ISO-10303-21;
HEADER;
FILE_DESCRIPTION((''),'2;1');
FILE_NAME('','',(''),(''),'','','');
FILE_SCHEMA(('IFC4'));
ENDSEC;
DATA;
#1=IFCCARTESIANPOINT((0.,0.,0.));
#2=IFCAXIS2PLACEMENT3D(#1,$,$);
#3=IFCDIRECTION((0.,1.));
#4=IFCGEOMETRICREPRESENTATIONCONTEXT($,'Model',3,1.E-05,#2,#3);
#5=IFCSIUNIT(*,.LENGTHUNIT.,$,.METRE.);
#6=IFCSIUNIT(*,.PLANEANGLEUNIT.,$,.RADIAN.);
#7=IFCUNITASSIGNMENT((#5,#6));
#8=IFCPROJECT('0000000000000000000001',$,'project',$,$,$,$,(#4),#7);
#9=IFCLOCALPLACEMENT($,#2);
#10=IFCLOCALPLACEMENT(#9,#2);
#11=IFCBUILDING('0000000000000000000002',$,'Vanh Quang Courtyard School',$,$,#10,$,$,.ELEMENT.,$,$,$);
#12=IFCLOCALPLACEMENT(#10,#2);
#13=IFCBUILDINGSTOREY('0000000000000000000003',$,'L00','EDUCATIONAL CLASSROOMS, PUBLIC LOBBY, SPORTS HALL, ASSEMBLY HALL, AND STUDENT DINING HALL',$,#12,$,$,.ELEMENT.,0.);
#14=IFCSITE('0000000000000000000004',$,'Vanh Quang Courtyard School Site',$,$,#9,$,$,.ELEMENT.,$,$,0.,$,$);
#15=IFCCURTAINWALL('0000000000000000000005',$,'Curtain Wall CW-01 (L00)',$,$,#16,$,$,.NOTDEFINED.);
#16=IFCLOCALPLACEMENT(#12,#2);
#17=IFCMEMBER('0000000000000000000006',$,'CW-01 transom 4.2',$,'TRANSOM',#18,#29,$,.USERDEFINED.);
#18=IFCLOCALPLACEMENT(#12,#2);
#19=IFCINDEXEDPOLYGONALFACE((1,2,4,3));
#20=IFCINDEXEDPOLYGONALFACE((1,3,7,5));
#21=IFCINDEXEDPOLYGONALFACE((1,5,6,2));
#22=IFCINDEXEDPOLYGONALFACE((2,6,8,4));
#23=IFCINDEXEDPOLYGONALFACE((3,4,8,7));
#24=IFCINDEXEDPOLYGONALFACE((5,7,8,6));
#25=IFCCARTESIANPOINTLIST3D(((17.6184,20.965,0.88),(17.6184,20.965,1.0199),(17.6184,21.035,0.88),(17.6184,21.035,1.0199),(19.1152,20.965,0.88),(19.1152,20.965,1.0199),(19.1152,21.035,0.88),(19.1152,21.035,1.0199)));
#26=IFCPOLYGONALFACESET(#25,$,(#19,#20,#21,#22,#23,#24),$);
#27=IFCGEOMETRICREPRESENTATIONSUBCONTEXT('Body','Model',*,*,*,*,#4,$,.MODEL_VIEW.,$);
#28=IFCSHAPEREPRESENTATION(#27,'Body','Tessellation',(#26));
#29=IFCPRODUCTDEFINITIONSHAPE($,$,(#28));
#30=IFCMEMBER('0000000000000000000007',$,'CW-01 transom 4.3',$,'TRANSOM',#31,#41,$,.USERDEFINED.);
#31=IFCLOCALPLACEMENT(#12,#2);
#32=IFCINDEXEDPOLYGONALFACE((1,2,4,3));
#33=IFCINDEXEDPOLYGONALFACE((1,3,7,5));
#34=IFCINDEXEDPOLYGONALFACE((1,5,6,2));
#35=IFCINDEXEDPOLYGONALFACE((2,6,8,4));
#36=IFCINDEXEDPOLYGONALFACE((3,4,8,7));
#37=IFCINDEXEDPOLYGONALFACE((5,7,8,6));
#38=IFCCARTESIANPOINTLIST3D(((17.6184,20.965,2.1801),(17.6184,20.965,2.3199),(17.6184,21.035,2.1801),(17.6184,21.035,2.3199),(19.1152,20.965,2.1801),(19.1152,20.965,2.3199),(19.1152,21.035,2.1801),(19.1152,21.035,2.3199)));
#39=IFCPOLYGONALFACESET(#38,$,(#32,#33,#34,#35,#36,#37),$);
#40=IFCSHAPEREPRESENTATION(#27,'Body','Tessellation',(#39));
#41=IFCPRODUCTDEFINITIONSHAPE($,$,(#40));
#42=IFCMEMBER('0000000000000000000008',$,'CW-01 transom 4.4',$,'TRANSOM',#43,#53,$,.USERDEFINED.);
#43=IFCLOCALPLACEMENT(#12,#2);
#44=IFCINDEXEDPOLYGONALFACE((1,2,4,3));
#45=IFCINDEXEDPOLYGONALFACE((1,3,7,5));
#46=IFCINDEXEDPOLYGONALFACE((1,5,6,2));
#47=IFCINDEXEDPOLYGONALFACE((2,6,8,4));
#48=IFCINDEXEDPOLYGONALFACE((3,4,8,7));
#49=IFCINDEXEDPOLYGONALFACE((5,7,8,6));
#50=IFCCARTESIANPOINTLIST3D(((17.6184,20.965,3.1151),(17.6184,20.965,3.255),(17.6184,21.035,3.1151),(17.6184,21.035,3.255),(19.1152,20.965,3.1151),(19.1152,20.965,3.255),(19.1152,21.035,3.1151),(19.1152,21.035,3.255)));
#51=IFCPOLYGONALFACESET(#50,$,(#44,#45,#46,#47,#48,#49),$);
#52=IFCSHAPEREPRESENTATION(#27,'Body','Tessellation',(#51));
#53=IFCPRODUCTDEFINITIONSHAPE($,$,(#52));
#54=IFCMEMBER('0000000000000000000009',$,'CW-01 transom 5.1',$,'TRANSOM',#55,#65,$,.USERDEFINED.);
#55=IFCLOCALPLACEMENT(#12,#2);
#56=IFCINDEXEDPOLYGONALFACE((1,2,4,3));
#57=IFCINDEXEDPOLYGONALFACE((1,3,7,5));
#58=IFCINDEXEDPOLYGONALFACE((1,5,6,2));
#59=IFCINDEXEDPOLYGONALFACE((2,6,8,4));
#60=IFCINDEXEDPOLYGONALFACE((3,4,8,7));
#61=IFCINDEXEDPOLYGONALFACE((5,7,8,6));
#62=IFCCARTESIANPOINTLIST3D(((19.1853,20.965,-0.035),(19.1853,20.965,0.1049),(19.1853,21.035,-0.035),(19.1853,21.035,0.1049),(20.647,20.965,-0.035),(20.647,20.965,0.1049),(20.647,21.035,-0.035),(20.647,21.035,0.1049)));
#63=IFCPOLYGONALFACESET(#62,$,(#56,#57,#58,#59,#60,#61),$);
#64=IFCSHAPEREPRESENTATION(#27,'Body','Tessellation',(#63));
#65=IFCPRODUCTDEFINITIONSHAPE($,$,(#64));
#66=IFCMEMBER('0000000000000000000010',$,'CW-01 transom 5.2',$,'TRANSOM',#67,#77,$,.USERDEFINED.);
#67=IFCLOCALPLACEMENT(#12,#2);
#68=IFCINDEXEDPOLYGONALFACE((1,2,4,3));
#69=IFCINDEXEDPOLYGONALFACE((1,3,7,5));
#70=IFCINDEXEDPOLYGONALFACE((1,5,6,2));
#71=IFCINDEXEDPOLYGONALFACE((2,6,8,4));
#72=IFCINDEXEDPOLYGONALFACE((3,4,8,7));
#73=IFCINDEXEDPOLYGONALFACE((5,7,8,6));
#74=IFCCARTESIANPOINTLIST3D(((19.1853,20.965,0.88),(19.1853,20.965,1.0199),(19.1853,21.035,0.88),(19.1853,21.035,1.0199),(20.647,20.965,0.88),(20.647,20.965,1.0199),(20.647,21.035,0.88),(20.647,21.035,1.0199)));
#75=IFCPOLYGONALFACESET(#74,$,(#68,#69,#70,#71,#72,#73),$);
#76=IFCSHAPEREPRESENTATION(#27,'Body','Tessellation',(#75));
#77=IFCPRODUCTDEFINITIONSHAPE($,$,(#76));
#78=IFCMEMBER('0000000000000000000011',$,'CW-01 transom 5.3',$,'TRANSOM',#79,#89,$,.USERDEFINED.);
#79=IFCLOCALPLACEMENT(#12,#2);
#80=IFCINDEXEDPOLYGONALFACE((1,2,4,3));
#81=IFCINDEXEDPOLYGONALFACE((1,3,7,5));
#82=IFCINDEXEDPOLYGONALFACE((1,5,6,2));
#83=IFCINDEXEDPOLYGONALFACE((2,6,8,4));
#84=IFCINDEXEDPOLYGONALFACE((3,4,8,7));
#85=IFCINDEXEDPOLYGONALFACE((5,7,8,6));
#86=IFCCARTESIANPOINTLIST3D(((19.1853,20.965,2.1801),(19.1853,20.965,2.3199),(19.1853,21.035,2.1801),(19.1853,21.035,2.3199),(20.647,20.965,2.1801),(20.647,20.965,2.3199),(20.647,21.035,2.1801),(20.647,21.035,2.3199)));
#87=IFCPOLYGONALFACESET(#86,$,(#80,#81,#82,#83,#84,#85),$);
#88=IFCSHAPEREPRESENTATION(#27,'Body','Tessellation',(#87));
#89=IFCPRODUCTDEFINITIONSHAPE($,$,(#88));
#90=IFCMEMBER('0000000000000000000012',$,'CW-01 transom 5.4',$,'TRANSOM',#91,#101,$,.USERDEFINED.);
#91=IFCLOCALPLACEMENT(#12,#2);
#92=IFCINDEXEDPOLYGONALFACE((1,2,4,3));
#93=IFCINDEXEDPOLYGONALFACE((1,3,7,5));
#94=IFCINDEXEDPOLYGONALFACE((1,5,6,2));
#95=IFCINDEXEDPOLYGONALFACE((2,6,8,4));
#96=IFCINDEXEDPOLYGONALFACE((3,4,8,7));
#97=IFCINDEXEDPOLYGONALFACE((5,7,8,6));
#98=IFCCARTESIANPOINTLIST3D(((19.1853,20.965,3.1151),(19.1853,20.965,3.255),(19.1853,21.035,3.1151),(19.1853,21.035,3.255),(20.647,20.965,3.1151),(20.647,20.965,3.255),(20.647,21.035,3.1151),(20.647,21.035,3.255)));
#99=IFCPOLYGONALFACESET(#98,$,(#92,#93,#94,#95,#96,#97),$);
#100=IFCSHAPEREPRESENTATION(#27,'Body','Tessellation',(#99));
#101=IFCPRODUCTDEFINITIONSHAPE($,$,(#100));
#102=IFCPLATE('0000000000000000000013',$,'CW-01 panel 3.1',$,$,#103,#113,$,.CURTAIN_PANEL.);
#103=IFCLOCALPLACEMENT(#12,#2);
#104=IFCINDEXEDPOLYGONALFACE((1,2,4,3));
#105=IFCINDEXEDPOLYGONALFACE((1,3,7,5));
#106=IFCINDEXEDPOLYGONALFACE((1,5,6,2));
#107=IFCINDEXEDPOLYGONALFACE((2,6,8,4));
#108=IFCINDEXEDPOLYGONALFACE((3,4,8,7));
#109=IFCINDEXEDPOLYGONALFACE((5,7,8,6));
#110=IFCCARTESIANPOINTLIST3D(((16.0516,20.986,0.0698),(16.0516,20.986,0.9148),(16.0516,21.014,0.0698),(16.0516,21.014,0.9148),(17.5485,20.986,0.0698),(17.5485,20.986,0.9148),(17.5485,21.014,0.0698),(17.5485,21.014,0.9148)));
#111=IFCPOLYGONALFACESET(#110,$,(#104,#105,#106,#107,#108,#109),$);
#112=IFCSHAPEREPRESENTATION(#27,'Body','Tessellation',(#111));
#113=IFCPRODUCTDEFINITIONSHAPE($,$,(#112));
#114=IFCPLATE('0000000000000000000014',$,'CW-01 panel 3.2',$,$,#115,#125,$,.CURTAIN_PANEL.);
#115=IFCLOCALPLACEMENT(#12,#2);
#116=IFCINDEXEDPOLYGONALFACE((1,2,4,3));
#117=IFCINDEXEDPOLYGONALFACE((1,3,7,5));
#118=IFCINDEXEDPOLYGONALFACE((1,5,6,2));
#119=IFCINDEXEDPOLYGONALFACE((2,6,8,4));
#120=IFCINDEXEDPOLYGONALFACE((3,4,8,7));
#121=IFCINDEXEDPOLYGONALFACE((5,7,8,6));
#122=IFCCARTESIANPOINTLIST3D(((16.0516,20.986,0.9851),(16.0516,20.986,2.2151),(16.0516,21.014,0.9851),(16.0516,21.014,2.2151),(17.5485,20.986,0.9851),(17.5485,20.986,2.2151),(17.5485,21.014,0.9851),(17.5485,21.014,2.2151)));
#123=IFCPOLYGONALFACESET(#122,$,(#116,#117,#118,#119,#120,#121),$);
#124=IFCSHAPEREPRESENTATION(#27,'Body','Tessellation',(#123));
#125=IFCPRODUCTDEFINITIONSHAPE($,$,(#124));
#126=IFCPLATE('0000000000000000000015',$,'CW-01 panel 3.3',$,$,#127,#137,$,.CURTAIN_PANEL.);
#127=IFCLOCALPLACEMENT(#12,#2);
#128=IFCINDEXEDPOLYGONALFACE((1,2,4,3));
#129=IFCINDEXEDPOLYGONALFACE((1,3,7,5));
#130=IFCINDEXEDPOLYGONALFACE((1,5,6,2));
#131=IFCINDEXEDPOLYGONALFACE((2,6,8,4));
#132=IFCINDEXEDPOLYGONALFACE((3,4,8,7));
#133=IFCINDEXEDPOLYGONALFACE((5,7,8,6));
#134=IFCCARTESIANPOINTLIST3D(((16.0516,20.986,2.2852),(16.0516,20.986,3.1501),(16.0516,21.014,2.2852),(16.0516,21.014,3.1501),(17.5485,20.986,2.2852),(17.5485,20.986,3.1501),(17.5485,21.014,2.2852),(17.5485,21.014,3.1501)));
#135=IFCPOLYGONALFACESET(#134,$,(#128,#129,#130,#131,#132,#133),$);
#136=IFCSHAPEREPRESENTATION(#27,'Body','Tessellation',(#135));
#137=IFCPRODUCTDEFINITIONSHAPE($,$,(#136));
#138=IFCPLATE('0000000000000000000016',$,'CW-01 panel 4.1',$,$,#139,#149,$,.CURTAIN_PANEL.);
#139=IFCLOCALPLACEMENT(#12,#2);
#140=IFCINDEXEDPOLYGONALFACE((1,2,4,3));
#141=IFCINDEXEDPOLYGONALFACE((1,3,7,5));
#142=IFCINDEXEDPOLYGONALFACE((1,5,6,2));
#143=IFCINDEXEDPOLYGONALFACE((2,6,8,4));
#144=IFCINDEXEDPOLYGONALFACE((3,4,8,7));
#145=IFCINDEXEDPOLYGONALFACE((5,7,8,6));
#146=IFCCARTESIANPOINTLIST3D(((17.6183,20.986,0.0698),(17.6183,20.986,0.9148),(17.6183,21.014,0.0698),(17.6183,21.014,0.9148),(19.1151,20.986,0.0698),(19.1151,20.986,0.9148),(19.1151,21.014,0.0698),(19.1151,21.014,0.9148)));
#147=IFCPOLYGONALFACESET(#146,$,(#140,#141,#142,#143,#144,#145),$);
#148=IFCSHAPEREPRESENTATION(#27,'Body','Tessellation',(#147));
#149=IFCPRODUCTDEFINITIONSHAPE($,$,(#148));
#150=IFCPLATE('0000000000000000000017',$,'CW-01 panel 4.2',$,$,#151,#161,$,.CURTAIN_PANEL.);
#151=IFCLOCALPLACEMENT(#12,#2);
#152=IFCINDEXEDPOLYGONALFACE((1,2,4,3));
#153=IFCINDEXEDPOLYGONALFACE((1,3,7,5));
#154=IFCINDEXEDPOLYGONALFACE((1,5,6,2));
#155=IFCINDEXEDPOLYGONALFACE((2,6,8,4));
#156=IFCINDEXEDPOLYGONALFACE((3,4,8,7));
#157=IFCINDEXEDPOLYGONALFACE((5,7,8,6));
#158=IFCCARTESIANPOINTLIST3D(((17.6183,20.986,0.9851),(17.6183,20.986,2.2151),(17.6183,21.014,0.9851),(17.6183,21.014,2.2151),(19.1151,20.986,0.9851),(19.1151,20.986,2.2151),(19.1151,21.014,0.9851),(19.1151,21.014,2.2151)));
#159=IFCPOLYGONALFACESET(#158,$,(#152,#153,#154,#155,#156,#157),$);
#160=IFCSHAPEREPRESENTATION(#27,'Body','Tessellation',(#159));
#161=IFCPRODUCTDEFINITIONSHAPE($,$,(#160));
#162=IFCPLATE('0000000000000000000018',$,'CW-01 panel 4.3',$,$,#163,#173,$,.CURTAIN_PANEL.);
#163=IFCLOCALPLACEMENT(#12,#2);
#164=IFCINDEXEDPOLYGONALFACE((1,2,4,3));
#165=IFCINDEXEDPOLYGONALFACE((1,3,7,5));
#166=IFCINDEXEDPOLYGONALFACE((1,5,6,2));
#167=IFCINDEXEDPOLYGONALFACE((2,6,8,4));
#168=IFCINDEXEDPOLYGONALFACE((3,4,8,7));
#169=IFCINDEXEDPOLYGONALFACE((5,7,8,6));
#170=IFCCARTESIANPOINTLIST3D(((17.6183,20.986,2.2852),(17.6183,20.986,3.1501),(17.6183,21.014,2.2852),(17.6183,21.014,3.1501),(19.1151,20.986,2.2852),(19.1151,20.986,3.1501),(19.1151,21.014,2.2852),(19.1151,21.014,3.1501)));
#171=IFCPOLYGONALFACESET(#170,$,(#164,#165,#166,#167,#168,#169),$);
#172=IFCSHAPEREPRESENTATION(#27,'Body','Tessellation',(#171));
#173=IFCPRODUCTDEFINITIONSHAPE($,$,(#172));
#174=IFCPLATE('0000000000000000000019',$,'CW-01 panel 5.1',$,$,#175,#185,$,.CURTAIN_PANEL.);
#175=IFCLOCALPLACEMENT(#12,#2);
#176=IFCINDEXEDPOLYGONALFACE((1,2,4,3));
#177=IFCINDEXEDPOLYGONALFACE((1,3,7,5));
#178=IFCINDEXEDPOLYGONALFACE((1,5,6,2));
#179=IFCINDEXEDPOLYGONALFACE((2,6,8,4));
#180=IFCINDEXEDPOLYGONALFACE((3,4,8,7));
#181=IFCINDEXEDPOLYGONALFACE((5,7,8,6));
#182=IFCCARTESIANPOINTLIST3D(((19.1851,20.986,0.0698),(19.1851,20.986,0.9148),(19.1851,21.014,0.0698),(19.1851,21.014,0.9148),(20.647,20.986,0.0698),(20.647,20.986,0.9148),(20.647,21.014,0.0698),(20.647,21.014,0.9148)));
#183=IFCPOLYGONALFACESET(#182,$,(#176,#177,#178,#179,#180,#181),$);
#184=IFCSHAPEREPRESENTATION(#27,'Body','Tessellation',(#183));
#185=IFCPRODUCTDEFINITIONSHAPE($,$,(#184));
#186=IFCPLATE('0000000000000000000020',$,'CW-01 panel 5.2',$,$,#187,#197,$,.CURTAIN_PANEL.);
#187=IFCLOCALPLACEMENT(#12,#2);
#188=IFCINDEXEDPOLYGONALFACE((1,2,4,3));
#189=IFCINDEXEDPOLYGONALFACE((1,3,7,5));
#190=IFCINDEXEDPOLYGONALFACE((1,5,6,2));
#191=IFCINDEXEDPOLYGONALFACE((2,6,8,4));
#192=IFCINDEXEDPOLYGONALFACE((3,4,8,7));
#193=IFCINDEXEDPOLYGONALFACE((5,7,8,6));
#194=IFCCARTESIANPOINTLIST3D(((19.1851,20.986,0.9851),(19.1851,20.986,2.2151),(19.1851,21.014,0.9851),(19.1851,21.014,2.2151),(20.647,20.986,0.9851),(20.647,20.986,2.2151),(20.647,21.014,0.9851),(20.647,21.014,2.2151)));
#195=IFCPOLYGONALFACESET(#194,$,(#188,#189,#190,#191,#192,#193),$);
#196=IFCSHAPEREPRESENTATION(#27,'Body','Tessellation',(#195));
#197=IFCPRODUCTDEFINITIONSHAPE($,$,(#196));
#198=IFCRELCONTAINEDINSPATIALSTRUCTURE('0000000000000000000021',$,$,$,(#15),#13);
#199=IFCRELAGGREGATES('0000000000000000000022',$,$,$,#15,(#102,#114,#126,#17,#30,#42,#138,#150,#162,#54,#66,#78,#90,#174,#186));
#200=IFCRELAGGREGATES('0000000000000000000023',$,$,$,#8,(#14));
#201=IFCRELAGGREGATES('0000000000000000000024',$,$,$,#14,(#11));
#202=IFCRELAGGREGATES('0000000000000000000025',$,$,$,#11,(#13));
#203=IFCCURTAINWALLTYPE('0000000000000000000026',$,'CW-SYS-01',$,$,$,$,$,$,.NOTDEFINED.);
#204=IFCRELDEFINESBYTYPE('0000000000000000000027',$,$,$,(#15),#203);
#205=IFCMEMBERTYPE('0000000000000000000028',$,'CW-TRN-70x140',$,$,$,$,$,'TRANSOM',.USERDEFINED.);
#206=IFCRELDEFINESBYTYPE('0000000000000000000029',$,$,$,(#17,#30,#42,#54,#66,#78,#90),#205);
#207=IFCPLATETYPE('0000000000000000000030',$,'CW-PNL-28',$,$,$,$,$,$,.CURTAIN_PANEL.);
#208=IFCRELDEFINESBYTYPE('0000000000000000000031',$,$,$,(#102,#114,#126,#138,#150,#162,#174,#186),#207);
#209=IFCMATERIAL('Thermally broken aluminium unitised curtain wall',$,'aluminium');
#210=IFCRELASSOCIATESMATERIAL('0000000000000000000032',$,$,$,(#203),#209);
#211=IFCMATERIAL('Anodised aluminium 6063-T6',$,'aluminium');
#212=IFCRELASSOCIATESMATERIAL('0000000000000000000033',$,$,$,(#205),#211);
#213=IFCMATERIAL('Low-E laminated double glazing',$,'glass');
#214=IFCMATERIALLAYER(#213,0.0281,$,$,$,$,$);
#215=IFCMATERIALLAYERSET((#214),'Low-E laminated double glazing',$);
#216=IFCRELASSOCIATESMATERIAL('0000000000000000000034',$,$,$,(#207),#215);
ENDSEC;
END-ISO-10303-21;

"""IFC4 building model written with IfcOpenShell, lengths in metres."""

from ifc_helpers import new_model, si_unit, direction, frame, origin, origin_2d, place, context, subcontext, project, spatial, rectangle, extrude, material, layer, layer_set, material_profile, profile_set, type_object, element, aggregate, save


model = new_model("IFC4")

# Units and contexts
model_context = context("Model", 3, precision=1e-05, world=origin(), true_north=direction((0.0, 1.0)))
body_context = subcontext(model_context, "Body", "Model", "MODEL_VIEW")
ifc_project = project(units=[si_unit("LENGTHUNIT", "METRE"), si_unit("PLANEANGLEUNIT", "RADIAN")], contexts=[model_context])

# Site, building, storey
site_placement = place(None, origin())
site = spatial("IfcSite", under=ifc_project, at=site_placement, Name="Vanh Quang Courtyard School Site", CompositionType="ELEMENT", RefElevation=0.0)
building_placement = place(site_placement, origin())
building = spatial("IfcBuilding", under=site, at=building_placement, Name="Vanh Quang Courtyard School", CompositionType="ELEMENT")
storey_placement = place(building_placement, origin())
storey = spatial("IfcBuildingStorey", under=building, at=storey_placement, Name="L00", Description="EDUCATIONAL CLASSROOMS, PUBLIC LOBBY, SPORTS HALL, ASSEMBLY HALL, AND STUDENT DINING HALL", CompositionType="ELEMENT", Elevation=0.0)

# Curtain wall, members, plates
ifc_material_1 = material(Name="Thermally broken aluminium unitised curtain wall", Category="aluminium")
curtain_wall_type = type_object("IfcCurtainWallType", Name="CW-SYS-01", PredefinedType="NOTDEFINED", material=ifc_material_1)
curtain_wall_placement = place(storey_placement, origin())
curtain_wall = element("IfcCurtainWall", 1, at=curtain_wall_placement, inside=storey, type_object=curtain_wall_type, Name="Curtain Wall CW-01 (L00)", PredefinedType="NOTDEFINED")
ifc_material_2 = material(Name="Anodised aluminium 6063-T6", Category="aluminium")
ifc_material_profile_1 = material_profile(ifc_material_2, rectangle(XDim=0.0701, YDim=0.1399, at=origin_2d()), Name="ALU-TRN 70x140")
ifc_profile_set_1 = profile_set([ifc_material_profile_1], Name="Anodised aluminium 6063-T6")
member_type_1 = type_object("IfcMemberType", Name="CW-TRN-70x140", ElementType="TRANSOM", PredefinedType="USERDEFINED", material=ifc_profile_set_1)
member_1_placement = place(storey_placement, frame((17.6184, 21.0, 0.95), z_axis=(1.0, 0.0, 0.0), x_axis=(0.0, 1.0, 0.0)))
member_1 = element("IfcMember", 2, at=member_1_placement, type_object=member_type_1, Name="CW-01 transom 4.2", ObjectType="TRANSOM", PredefinedType="USERDEFINED", context=body_context, shape_type="SweptSolid", body=[
    extrude(rectangle(XDim=0.0701, YDim=0.1399, at=origin_2d()), origin(), (0.0, 0.0, 1.0), 1.4968),
])
member_2_placement = place(storey_placement, frame((17.6184, 21.0, 2.25), z_axis=(1.0, 0.0, 0.0), x_axis=(0.0, 1.0, 0.0)))
member_2 = element("IfcMember", 3, at=member_2_placement, type_object=member_type_1, Name="CW-01 transom 4.3", ObjectType="TRANSOM", PredefinedType="USERDEFINED", context=body_context, shape_type="SweptSolid", body=[
    extrude(rectangle(XDim=0.0701, YDim=0.1399, at=origin_2d()), origin(), (0.0, 0.0, 1.0), 1.4968),
])
member_3_placement = place(storey_placement, frame((17.6184, 21.0, 3.1851), z_axis=(1.0, 0.0, 0.0), x_axis=(0.0, 1.0, 0.0)))
member_3 = element("IfcMember", 4, at=member_3_placement, type_object=member_type_1, Name="CW-01 transom 4.4", ObjectType="TRANSOM", PredefinedType="USERDEFINED", context=body_context, shape_type="SweptSolid", body=[
    extrude(rectangle(XDim=0.0701, YDim=0.1399, at=origin_2d()), origin(), (0.0, 0.0, 1.0), 1.4968),
])
member_4_placement = place(storey_placement, frame((19.1853, 21.0, 0.0349), z_axis=(1.0, 0.0, 0.0), x_axis=(0.0, 1.0, 0.0)))
member_4 = element("IfcMember", 5, at=member_4_placement, type_object=member_type_1, Name="CW-01 transom 5.1", ObjectType="TRANSOM", PredefinedType="USERDEFINED", context=body_context, shape_type="SweptSolid", body=[
    extrude(rectangle(XDim=0.0701, YDim=0.1399, at=origin_2d()), origin(), (0.0, 0.0, 1.0), 1.4617),
])
member_5_placement = place(storey_placement, frame((19.1853, 21.0, 0.95), z_axis=(1.0, 0.0, 0.0), x_axis=(0.0, 1.0, 0.0)))
member_5 = element("IfcMember", 6, at=member_5_placement, type_object=member_type_1, Name="CW-01 transom 5.2", ObjectType="TRANSOM", PredefinedType="USERDEFINED", context=body_context, shape_type="SweptSolid", body=[
    extrude(rectangle(XDim=0.0701, YDim=0.1399, at=origin_2d()), origin(), (0.0, 0.0, 1.0), 1.4617),
])
member_6_placement = place(storey_placement, frame((19.1853, 21.0, 2.25), z_axis=(1.0, 0.0, 0.0), x_axis=(0.0, 1.0, 0.0)))
member_6 = element("IfcMember", 7, at=member_6_placement, type_object=member_type_1, Name="CW-01 transom 5.3", ObjectType="TRANSOM", PredefinedType="USERDEFINED", context=body_context, shape_type="SweptSolid", body=[
    extrude(rectangle(XDim=0.0701, YDim=0.1399, at=origin_2d()), origin(), (0.0, 0.0, 1.0), 1.4617),
])
member_7_placement = place(storey_placement, frame((19.1853, 21.0, 3.1851), z_axis=(1.0, 0.0, 0.0), x_axis=(0.0, 1.0, 0.0)))
member_7 = element("IfcMember", 8, at=member_7_placement, type_object=member_type_1, Name="CW-01 transom 5.4", ObjectType="TRANSOM", PredefinedType="USERDEFINED", context=body_context, shape_type="SweptSolid", body=[
    extrude(rectangle(XDim=0.0701, YDim=0.1399, at=origin_2d()), origin(), (0.0, 0.0, 1.0), 1.4617),
])
ifc_material_3 = material(Name="Low-E laminated double glazing", Category="glass")
ifc_layer_1 = layer(ifc_material_3, 0.0281)
ifc_layer_set_1 = layer_set([ifc_layer_1], Name="Low-E laminated double glazing")
plate_type = type_object("IfcPlateType", Name="CW-PNL-28", PredefinedType="CURTAIN_PANEL", material=ifc_layer_set_1)
plate_1_placement = place(storey_placement, frame((16.8, 21.0, 0.0698), z_axis=(0.0, 0.0, 1.0), x_axis=(1.0, 0.0, 0.0)))
plate_1 = element("IfcPlate", 9, at=plate_1_placement, type_object=plate_type, Name="CW-01 panel 3.1", PredefinedType="CURTAIN_PANEL", context=body_context, shape_type="SweptSolid", body=[
    extrude(rectangle(XDim=1.4968, YDim=0.0281, at=origin_2d()), origin(), (0.0, 0.0, 1.0), 0.845),
])
plate_2_placement = place(storey_placement, frame((16.8, 21.0, 0.9851), z_axis=(0.0, 0.0, 1.0), x_axis=(1.0, 0.0, 0.0)))
plate_2 = element("IfcPlate", 10, at=plate_2_placement, type_object=plate_type, Name="CW-01 panel 3.2", PredefinedType="CURTAIN_PANEL", context=body_context, shape_type="SweptSolid", body=[
    extrude(rectangle(XDim=1.4968, YDim=0.0281, at=origin_2d()), origin(), (0.0, 0.0, 1.0), 1.23),
])
plate_3_placement = place(storey_placement, frame((16.8, 21.0, 2.2852), z_axis=(0.0, 0.0, 1.0), x_axis=(1.0, 0.0, 0.0)))
plate_3 = element("IfcPlate", 11, at=plate_3_placement, type_object=plate_type, Name="CW-01 panel 3.3", PredefinedType="CURTAIN_PANEL", context=body_context, shape_type="SweptSolid", body=[
    extrude(rectangle(XDim=1.4968, YDim=0.0281, at=origin_2d()), origin(), (0.0, 0.0, 1.0), 0.865),
])
plate_4_placement = place(storey_placement, frame((18.3667, 21.0, 0.0698), z_axis=(0.0, 0.0, 1.0), x_axis=(1.0, 0.0, 0.0)))
plate_4 = element("IfcPlate", 12, at=plate_4_placement, type_object=plate_type, Name="CW-01 panel 4.1", PredefinedType="CURTAIN_PANEL", context=body_context, shape_type="SweptSolid", body=[
    extrude(rectangle(XDim=1.4968, YDim=0.0281, at=origin_2d()), origin(), (0.0, 0.0, 1.0), 0.845),
])
plate_5_placement = place(storey_placement, frame((18.3667, 21.0, 0.9851), z_axis=(0.0, 0.0, 1.0), x_axis=(1.0, 0.0, 0.0)))
plate_5 = element("IfcPlate", 13, at=plate_5_placement, type_object=plate_type, Name="CW-01 panel 4.2", PredefinedType="CURTAIN_PANEL", context=body_context, shape_type="SweptSolid", body=[
    extrude(rectangle(XDim=1.4968, YDim=0.0281, at=origin_2d()), origin(), (0.0, 0.0, 1.0), 1.23),
])
plate_6_placement = place(storey_placement, frame((18.3667, 21.0, 2.2852), z_axis=(0.0, 0.0, 1.0), x_axis=(1.0, 0.0, 0.0)))
plate_6 = element("IfcPlate", 14, at=plate_6_placement, type_object=plate_type, Name="CW-01 panel 4.3", PredefinedType="CURTAIN_PANEL", context=body_context, shape_type="SweptSolid", body=[
    extrude(rectangle(XDim=1.4968, YDim=0.0281, at=origin_2d()), origin(), (0.0, 0.0, 1.0), 0.865),
])
plate_7_placement = place(storey_placement, frame((19.916, 21.0, 0.0698), z_axis=(0.0, 0.0, 1.0), x_axis=(1.0, 0.0, 0.0)))
plate_7 = element("IfcPlate", 15, at=plate_7_placement, type_object=plate_type, Name="CW-01 panel 5.1", PredefinedType="CURTAIN_PANEL", context=body_context, shape_type="SweptSolid", body=[
    extrude(rectangle(XDim=1.4619, YDim=0.0281, at=origin_2d()), origin(), (0.0, 0.0, 1.0), 0.845),
])
plate_8_placement = place(storey_placement, frame((19.916, 21.0, 0.9851), z_axis=(0.0, 0.0, 1.0), x_axis=(1.0, 0.0, 0.0)))
plate_8 = element("IfcPlate", 16, at=plate_8_placement, type_object=plate_type, Name="CW-01 panel 5.2", PredefinedType="CURTAIN_PANEL", context=body_context, shape_type="SweptSolid", body=[
    extrude(rectangle(XDim=1.4619, YDim=0.0281, at=origin_2d()), origin(), (0.0, 0.0, 1.0), 1.23),
])
aggregate(curtain_wall, [plate_1, plate_2, plate_3, member_1, member_2, member_3, plate_4, plate_5, plate_6, member_4, member_5, member_6, member_7, plate_7, plate_8])

save(model, "model.ifc")
